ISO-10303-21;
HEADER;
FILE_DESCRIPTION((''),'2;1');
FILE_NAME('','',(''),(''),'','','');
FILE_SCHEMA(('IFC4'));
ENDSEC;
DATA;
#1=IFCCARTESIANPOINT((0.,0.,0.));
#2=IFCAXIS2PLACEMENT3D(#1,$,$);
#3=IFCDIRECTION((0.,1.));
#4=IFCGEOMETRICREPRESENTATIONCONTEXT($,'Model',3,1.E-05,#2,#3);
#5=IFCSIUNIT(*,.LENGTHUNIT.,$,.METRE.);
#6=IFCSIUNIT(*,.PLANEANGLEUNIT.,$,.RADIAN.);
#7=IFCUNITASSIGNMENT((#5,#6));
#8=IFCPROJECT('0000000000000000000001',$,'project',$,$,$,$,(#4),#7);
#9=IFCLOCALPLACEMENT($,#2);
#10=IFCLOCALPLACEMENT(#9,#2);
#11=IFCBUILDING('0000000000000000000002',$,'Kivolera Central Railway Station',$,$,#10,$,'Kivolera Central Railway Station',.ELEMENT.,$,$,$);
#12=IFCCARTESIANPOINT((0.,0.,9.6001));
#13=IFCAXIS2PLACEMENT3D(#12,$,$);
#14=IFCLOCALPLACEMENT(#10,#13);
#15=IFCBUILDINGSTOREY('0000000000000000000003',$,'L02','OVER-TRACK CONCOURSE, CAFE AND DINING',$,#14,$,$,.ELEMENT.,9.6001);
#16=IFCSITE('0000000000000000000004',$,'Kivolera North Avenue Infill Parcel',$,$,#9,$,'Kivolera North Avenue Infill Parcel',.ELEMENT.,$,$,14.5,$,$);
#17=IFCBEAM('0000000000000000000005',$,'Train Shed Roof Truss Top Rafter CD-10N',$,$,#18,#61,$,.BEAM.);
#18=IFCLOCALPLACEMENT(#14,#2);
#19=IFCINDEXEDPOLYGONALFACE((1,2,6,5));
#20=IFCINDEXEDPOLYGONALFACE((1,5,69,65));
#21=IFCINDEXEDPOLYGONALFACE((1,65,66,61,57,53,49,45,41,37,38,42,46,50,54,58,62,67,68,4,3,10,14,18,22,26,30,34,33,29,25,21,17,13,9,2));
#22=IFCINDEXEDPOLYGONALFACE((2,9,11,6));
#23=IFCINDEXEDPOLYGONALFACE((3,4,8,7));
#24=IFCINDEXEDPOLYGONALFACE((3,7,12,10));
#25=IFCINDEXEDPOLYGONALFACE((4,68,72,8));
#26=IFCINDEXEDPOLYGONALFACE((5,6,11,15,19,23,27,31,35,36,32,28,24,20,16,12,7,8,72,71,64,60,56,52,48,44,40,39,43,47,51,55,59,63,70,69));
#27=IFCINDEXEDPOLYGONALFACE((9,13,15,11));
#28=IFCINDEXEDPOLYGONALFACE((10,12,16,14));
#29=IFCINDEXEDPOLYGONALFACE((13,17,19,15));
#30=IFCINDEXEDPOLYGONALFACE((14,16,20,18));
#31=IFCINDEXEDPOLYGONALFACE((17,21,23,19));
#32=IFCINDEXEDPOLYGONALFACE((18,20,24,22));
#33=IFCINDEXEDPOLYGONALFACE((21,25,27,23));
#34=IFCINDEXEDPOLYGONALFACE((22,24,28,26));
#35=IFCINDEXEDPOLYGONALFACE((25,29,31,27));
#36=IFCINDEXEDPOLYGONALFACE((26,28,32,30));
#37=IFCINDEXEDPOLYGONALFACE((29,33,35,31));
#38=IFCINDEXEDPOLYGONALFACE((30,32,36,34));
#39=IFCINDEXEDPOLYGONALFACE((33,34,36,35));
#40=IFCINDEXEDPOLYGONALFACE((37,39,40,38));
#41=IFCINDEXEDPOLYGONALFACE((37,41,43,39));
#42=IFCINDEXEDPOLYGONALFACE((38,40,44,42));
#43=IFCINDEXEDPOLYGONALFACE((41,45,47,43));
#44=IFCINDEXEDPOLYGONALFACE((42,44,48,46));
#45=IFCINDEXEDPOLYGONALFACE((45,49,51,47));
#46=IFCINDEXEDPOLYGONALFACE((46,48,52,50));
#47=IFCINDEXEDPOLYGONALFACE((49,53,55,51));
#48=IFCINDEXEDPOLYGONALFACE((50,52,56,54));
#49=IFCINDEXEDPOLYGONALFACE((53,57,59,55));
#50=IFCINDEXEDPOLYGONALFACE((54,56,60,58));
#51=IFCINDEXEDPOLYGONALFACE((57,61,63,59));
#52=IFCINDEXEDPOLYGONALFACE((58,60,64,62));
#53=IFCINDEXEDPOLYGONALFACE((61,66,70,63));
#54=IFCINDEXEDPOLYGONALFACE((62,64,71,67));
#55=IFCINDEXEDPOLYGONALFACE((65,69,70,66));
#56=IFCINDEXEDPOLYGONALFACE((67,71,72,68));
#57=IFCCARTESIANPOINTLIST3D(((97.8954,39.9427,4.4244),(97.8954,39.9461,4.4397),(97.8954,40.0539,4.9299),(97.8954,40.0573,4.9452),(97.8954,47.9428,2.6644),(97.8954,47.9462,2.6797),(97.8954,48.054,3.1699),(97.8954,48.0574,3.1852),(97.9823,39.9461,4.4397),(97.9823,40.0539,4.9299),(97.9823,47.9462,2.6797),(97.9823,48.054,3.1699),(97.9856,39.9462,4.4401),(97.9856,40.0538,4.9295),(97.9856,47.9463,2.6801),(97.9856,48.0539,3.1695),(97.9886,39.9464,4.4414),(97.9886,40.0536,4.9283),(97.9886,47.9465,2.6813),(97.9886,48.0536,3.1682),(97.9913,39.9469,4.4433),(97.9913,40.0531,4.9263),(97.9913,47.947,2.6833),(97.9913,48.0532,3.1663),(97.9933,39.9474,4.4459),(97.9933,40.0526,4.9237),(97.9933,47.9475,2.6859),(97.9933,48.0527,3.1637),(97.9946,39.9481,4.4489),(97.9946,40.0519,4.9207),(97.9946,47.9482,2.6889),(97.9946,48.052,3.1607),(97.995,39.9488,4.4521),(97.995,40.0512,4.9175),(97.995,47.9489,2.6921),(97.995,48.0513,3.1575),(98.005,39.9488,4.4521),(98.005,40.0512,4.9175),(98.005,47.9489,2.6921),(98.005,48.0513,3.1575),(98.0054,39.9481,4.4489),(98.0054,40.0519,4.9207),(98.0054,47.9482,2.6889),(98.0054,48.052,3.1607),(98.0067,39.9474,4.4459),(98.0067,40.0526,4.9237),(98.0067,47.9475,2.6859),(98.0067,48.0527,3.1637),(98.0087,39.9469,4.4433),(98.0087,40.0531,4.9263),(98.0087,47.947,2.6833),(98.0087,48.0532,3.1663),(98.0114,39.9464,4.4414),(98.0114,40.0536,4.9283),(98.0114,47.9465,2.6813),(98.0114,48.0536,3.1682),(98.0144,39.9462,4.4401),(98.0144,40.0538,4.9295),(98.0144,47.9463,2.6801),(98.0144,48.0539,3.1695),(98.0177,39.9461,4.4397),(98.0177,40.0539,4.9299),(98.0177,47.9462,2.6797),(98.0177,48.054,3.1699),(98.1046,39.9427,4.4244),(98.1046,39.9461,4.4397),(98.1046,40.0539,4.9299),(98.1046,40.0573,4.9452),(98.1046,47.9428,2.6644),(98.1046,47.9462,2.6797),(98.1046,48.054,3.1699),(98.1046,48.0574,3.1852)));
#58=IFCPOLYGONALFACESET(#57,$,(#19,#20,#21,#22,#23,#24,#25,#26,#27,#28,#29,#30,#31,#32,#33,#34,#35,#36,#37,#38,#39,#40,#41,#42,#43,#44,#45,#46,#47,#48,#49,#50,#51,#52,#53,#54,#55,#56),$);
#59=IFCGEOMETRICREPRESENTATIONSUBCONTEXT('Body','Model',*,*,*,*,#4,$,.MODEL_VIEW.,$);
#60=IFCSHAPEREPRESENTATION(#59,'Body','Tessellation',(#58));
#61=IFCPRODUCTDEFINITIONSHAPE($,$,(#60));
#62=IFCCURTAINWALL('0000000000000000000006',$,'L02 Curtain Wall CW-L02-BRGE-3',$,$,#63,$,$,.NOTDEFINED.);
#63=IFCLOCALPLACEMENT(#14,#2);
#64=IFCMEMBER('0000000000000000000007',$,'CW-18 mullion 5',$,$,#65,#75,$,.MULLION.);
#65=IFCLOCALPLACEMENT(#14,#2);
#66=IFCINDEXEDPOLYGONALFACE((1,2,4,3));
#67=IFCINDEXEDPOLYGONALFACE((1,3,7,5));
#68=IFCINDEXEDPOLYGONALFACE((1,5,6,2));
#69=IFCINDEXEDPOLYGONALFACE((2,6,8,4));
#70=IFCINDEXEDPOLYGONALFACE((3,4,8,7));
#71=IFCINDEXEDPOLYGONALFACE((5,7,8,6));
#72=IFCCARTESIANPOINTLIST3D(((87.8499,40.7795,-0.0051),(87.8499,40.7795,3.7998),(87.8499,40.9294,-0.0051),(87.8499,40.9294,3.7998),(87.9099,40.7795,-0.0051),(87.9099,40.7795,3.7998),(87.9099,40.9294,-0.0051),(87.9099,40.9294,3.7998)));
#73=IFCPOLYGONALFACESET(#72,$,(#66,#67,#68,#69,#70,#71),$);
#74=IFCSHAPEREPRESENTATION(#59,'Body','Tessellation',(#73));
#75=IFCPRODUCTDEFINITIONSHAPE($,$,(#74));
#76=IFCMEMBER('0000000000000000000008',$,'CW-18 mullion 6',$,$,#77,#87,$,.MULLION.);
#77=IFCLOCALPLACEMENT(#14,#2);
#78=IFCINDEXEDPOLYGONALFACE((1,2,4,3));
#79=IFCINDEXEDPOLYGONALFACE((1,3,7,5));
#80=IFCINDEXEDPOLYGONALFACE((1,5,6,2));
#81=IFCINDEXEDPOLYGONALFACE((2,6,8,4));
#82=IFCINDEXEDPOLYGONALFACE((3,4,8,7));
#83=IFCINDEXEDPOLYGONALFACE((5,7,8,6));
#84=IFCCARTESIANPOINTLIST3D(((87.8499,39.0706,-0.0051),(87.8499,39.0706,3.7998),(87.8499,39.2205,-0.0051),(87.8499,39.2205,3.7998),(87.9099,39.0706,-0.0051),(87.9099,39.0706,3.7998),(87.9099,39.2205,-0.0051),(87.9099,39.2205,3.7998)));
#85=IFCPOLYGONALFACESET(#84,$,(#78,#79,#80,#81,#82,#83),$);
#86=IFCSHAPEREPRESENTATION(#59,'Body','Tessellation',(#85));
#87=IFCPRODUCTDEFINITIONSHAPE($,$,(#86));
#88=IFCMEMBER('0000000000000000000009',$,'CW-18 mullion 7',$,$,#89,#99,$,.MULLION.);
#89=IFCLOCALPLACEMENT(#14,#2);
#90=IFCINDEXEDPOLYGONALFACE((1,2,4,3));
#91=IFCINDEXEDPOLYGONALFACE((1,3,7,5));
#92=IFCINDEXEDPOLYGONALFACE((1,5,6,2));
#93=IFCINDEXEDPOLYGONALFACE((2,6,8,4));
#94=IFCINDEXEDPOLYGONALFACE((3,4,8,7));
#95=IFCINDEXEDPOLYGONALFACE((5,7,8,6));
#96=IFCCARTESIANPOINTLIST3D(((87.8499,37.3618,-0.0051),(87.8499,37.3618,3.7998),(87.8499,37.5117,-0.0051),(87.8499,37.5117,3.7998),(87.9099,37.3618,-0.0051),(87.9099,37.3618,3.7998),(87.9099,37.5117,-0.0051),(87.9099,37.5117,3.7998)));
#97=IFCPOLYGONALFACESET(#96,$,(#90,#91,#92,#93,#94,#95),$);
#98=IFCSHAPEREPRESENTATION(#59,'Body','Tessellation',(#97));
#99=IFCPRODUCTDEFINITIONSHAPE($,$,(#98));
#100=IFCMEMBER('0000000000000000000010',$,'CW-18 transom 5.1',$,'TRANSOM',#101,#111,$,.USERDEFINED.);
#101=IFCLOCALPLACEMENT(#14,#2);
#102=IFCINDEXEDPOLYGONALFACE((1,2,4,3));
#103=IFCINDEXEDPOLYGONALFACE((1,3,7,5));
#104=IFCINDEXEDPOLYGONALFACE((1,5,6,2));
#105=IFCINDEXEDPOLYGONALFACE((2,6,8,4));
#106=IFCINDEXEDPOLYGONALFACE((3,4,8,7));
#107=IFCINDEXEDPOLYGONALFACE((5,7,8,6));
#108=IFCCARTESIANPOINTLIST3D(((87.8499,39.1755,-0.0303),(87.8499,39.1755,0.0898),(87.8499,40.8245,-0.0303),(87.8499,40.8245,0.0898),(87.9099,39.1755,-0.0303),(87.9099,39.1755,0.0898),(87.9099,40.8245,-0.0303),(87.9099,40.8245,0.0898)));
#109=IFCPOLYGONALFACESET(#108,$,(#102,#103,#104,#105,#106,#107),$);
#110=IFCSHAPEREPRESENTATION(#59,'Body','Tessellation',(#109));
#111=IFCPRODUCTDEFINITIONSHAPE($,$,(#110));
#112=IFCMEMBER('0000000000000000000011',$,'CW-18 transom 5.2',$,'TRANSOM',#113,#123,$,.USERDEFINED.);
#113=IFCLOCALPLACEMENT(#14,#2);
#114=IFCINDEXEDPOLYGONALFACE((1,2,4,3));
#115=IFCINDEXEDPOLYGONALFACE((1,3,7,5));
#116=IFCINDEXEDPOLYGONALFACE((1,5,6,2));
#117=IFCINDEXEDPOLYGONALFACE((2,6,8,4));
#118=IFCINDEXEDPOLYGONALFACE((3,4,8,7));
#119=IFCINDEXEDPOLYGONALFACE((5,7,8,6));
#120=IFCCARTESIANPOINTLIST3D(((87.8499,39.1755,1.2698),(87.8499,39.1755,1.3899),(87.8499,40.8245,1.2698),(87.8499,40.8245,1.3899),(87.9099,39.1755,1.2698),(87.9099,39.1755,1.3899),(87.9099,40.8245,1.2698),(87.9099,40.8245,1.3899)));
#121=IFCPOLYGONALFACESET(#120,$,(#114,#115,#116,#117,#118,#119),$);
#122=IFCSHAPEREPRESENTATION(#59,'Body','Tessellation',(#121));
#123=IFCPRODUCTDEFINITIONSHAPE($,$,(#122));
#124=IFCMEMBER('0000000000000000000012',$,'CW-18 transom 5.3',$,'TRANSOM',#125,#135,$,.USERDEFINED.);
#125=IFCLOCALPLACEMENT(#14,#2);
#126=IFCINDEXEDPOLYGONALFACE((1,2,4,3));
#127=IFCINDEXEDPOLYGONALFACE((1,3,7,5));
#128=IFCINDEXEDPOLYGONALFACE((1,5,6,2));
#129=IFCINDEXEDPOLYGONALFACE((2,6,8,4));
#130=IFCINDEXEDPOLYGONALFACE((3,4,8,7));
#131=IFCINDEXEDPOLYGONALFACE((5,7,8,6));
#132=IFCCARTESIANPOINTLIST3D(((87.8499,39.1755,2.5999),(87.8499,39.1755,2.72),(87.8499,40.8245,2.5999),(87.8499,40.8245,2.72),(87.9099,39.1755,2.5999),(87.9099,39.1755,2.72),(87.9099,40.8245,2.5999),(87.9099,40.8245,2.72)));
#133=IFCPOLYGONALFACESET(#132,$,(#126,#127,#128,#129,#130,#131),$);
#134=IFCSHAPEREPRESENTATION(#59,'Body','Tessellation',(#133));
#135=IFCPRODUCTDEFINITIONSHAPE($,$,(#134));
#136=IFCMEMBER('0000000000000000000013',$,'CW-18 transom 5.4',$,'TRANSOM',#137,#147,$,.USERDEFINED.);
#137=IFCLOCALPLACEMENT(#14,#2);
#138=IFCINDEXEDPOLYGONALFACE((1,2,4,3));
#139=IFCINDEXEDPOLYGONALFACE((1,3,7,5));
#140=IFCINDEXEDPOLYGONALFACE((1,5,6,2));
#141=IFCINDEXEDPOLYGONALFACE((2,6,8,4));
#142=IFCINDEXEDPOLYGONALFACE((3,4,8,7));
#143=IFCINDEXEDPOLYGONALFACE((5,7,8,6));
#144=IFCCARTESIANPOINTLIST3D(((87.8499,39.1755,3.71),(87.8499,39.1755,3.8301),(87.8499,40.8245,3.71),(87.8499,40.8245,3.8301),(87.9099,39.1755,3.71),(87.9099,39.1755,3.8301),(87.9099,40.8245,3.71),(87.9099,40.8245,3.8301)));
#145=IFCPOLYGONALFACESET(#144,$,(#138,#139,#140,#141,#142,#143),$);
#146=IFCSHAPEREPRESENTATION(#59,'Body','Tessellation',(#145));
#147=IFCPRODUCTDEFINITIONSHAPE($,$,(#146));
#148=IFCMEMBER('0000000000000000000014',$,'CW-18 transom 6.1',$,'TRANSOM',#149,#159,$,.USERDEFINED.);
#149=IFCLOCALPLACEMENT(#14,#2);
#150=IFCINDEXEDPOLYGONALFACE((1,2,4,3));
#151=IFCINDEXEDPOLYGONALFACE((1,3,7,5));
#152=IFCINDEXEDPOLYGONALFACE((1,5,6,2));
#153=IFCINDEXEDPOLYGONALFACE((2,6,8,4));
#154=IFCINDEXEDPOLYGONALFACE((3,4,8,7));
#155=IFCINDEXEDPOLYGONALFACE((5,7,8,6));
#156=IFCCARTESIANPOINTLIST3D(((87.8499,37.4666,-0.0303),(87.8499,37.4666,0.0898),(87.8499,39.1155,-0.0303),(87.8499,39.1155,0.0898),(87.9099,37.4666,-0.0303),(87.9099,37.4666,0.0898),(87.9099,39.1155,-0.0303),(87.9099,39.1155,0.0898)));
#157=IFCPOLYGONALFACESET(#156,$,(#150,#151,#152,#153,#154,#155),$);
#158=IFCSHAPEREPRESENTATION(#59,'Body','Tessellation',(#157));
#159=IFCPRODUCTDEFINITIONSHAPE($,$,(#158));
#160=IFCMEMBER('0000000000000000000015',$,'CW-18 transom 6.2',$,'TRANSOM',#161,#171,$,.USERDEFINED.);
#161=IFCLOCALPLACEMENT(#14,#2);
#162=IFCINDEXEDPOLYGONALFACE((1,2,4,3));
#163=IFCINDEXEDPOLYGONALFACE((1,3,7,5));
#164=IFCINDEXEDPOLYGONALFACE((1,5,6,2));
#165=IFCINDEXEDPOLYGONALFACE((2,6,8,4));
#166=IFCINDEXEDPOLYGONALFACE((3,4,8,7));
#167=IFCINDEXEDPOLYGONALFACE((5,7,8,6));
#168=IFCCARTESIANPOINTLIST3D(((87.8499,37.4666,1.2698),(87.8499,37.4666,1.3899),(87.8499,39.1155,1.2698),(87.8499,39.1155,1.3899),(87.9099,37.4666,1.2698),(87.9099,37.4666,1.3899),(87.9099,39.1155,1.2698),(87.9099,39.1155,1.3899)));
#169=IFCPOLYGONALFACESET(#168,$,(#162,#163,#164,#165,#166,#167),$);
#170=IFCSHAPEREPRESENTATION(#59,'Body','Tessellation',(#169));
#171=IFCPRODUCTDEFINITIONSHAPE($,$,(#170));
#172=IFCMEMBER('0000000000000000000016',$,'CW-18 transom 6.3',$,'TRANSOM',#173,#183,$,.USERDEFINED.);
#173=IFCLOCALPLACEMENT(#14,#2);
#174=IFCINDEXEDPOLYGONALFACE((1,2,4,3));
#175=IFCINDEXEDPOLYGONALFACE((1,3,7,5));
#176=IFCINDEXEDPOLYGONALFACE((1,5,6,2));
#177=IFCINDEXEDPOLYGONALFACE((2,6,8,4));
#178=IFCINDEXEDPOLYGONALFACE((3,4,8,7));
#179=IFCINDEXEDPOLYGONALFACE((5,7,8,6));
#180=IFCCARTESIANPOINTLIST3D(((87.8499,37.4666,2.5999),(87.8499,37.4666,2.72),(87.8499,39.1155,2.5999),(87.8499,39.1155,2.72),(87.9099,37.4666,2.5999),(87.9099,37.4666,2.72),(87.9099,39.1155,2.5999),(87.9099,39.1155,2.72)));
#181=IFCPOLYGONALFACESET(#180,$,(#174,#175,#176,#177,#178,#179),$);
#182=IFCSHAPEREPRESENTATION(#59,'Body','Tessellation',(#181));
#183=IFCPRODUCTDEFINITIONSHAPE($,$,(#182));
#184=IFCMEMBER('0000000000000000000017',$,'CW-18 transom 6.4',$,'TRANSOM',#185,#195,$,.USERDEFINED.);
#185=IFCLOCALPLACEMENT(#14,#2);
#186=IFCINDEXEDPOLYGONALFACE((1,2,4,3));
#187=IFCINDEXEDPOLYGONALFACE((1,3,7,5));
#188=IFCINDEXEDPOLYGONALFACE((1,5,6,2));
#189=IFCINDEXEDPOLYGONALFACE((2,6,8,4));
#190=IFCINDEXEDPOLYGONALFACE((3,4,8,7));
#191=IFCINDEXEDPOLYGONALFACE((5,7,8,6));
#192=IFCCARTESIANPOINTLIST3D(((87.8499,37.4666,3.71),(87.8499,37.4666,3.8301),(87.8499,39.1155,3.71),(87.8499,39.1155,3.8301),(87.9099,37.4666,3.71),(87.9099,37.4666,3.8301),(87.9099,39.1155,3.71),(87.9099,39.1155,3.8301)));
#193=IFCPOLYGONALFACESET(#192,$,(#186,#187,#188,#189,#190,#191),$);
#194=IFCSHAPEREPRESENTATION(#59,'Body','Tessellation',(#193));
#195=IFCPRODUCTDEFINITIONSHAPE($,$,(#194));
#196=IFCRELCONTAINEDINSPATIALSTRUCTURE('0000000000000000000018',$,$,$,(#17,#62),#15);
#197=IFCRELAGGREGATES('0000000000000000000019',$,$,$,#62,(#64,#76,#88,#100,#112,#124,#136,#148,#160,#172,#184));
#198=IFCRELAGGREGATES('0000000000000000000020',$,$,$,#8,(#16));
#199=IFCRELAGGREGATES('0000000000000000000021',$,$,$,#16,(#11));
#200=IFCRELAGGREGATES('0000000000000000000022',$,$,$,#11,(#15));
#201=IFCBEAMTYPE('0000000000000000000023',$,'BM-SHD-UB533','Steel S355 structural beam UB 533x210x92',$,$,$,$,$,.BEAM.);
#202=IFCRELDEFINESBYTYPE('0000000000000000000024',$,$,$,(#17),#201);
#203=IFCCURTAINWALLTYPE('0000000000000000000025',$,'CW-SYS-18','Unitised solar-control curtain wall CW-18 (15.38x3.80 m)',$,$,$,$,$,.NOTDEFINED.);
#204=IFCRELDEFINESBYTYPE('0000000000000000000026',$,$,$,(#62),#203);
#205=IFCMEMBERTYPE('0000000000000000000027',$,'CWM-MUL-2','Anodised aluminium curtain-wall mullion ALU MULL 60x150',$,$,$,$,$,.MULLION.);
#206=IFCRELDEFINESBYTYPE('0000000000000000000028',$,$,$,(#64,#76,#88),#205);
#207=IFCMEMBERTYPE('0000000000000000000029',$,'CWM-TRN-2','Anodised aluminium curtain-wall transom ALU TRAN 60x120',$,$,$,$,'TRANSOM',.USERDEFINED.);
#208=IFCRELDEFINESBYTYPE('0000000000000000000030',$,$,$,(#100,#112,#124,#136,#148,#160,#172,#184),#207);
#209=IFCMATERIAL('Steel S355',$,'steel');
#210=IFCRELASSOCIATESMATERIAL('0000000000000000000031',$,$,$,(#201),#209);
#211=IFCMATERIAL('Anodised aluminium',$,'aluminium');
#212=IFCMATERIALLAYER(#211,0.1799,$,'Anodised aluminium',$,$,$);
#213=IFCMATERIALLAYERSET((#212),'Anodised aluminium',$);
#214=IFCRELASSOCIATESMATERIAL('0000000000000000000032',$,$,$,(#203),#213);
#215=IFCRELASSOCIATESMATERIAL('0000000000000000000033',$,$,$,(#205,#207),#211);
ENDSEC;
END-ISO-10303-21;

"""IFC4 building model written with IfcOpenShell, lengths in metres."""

from ifc_helpers import new_model, si_unit, direction, frame, origin, origin_2d, place, context, subcontext, project, spatial, rectangle, i_section, extrude, material, layer, layer_set, material_profile, profile_set, type_object, element, aggregate, save


model = new_model("IFC4")

# Units and contexts
model_context = context("Model", 3, precision=1e-05, world=origin(), true_north=direction((0.0, 1.0)))
body_context = subcontext(model_context, "Body", "Model", "MODEL_VIEW")
ifc_project = project(units=[si_unit("LENGTHUNIT", "METRE"), si_unit("PLANEANGLEUNIT", "RADIAN")], contexts=[model_context])

# Site, building, storey
site_placement = place(None, origin())
site = spatial("IfcSite", under=ifc_project, at=site_placement, Name="Kivolera North Avenue Infill Parcel", LongName="Kivolera North Avenue Infill Parcel", CompositionType="ELEMENT", RefElevation=14.5)
building_placement = place(site_placement, origin())
building = spatial("IfcBuilding", under=site, at=building_placement, Name="Kivolera Central Railway Station", LongName="Kivolera Central Railway Station", CompositionType="ELEMENT")
storey_placement = place(building_placement, frame((0.0, 0.0, 9.6001)))
storey = spatial("IfcBuildingStorey", under=building, at=storey_placement, Name="L02", Description="OVER-TRACK CONCOURSE, CAFE AND DINING", CompositionType="ELEMENT", Elevation=9.6001)

# Beam
ifc_material_1 = material(Name="Steel S355", Category="steel")
ifc_material_profile_1 = material_profile(ifc_material_1, i_section(OverallWidth=0.2092, OverallDepth=0.5332, WebThickness=0.01, FlangeThickness=0.0156, FilletRadius=0.0127, at=origin_2d()), Name="UB 533x210x92")
ifc_profile_set_1 = profile_set([ifc_material_profile_1], Name="Steel S355")
beam_type = type_object("IfcBeamType", Name="BM-SHD-UB533", Description="Steel S355 structural beam UB 533x210x92", PredefinedType="BEAM", material=ifc_profile_set_1)
beam_placement = place(storey_placement, frame((98.0, 40.0, 4.6848), z_axis=(0.0, 0.976644, -0.214863), x_axis=(-1.0, 0.0, 0.0)))
element("IfcBeam", 1, at=beam_placement, inside=storey, type_object=beam_type, Name="Train Shed Roof Truss Top Rafter CD-10N", PredefinedType="BEAM", context=body_context, shape_type="SweptSolid", body=[
    extrude(i_section(OverallWidth=0.2092, OverallDepth=0.5332, WebThickness=0.01, FlangeThickness=0.0156, FilletRadius=0.0127, at=origin_2d()), origin(), (0.0, 0.0, 1.0), 8.1914),
])

# Curtain wall, members
ifc_material_2 = material(Name="Anodised aluminium", Category="aluminium")
ifc_layer_1 = layer(ifc_material_2, 0.1799, Name="Anodised aluminium")
ifc_layer_set_1 = layer_set([ifc_layer_1], Name="Anodised aluminium")
curtain_wall_type = type_object("IfcCurtainWallType", Name="CW-SYS-18", Description="Unitised solar-control curtain wall CW-18 (15.38x3.80 m)", PredefinedType="NOTDEFINED", material=ifc_layer_set_1)
curtain_wall_placement = place(storey_placement, origin())
curtain_wall = element("IfcCurtainWall", 2, at=curtain_wall_placement, inside=storey, type_object=curtain_wall_type, Name="L02 Curtain Wall CW-L02-BRGE-3", PredefinedType="NOTDEFINED")
ifc_material_profile_2 = material_profile(ifc_material_2, rectangle(XDim=0.0601, YDim=0.1499, at=origin_2d()), Name="ALU MULL 60x150")
ifc_profile_set_2 = profile_set([ifc_material_profile_2], Name="Anodised aluminium")
member_type_1 = type_object("IfcMemberType", Name="CWM-MUL-2", Description="Anodised aluminium curtain-wall mullion ALU MULL 60x150", PredefinedType="MULLION", material=ifc_profile_set_2)
member_1_placement = place(storey_placement, frame((87.8799, 40.8545, -0.0051), z_axis=(0.0, 0.0, 1.0), x_axis=(1.0, 0.0, 0.0)))
member_1 = element("IfcMember", 3, at=member_1_placement, type_object=member_type_1, Name="CW-18 mullion 5", PredefinedType="MULLION", context=body_context, shape_type="SweptSolid", body=[
    extrude(rectangle(XDim=0.0601, YDim=0.1499, at=origin_2d()), origin(), (0.0, 0.0, 1.0), 3.8049),
])
member_2_placement = place(storey_placement, frame((87.8799, 39.1455, -0.0051), z_axis=(0.0, 0.0, 1.0), x_axis=(1.0, 0.0, 0.0)))
member_2 = element("IfcMember", 4, at=member_2_placement, type_object=member_type_1, Name="CW-18 mullion 6", PredefinedType="MULLION", context=body_context, shape_type="SweptSolid", body=[
    extrude(rectangle(XDim=0.0601, YDim=0.1499, at=origin_2d()), origin(), (0.0, 0.0, 1.0), 3.8049),
])
member_3_placement = place(storey_placement, frame((87.8799, 37.4368, -0.0051), z_axis=(0.0, 0.0, 1.0), x_axis=(1.0, 0.0, 0.0)))
member_3 = element("IfcMember", 5, at=member_3_placement, type_object=member_type_1, Name="CW-18 mullion 7", PredefinedType="MULLION", context=body_context, shape_type="SweptSolid", body=[
    extrude(rectangle(XDim=0.0601, YDim=0.1499, at=origin_2d()), origin(), (0.0, 0.0, 1.0), 3.8049),
])
ifc_material_profile_3 = material_profile(ifc_material_2, rectangle(XDim=0.0601, YDim=0.1201, at=origin_2d()), Name="ALU TRAN 60x120")
ifc_profile_set_3 = profile_set([ifc_material_profile_3], Name="Anodised aluminium")
member_type_2 = type_object("IfcMemberType", Name="CWM-TRN-2", Description="Anodised aluminium curtain-wall transom ALU TRAN 60x120", ElementType="TRANSOM", PredefinedType="USERDEFINED", material=ifc_profile_set_3)
member_4_placement = place(storey_placement, frame((87.8799, 40.8245, 0.0298), z_axis=(0.0, -1.0, 0.0), x_axis=(1.0, 0.0, 0.0)))
member_4 = element("IfcMember", 6, at=member_4_placement, type_object=member_type_2, Name="CW-18 transom 5.1", ObjectType="TRANSOM", PredefinedType="USERDEFINED", context=body_context, shape_type="SweptSolid", body=[
    extrude(rectangle(XDim=0.0601, YDim=0.1201, at=origin_2d()), origin(), (0.0, 0.0, 1.0), 1.6489),
])
member_5_placement = place(storey_placement, frame((87.8799, 40.8245, 1.3298), z_axis=(0.0, -1.0, 0.0), x_axis=(1.0, 0.0, 0.0)))
member_5 = element("IfcMember", 7, at=member_5_placement, type_object=member_type_2, Name="CW-18 transom 5.2", ObjectType="TRANSOM", PredefinedType="USERDEFINED", context=body_context, shape_type="SweptSolid", body=[
    extrude(rectangle(XDim=0.0601, YDim=0.1201, at=origin_2d()), origin(), (0.0, 0.0, 1.0), 1.6489),
])
member_6_placement = place(storey_placement, frame((87.8799, 40.8245, 2.6599), z_axis=(0.0, -1.0, 0.0), x_axis=(1.0, 0.0, 0.0)))
member_6 = element("IfcMember", 8, at=member_6_placement, type_object=member_type_2, Name="CW-18 transom 5.3", ObjectType="TRANSOM", PredefinedType="USERDEFINED", context=body_context, shape_type="SweptSolid", body=[
    extrude(rectangle(XDim=0.0601, YDim=0.1201, at=origin_2d()), origin(), (0.0, 0.0, 1.0), 1.6489),
])
member_7_placement = place(storey_placement, frame((87.8799, 40.8245, 3.77), z_axis=(0.0, -1.0, 0.0), x_axis=(1.0, 0.0, 0.0)))
member_7 = element("IfcMember", 9, at=member_7_placement, type_object=member_type_2, Name="CW-18 transom 5.4", ObjectType="TRANSOM", PredefinedType="USERDEFINED", context=body_context, shape_type="SweptSolid", body=[
    extrude(rectangle(XDim=0.0601, YDim=0.1201, at=origin_2d()), origin(), (0.0, 0.0, 1.0), 1.6489),
])
member_8_placement = place(storey_placement, frame((87.8799, 39.1155, 0.0298), z_axis=(0.0, -1.0, 0.0), x_axis=(1.0, 0.0, 0.0)))
member_8 = element("IfcMember", 10, at=member_8_placement, type_object=member_type_2, Name="CW-18 transom 6.1", ObjectType="TRANSOM", PredefinedType="USERDEFINED", context=body_context, shape_type="SweptSolid", body=[
    extrude(rectangle(XDim=0.0601, YDim=0.1201, at=origin_2d()), origin(), (0.0, 0.0, 1.0), 1.6489),
])
member_9_placement = place(storey_placement, frame((87.8799, 39.1155, 1.3298), z_axis=(0.0, -1.0, 0.0), x_axis=(1.0, 0.0, 0.0)))
member_9 = element("IfcMember", 11, at=member_9_placement, type_object=member_type_2, Name="CW-18 transom 6.2", ObjectType="TRANSOM", PredefinedType="USERDEFINED", context=body_context, shape_type="SweptSolid", body=[
    extrude(rectangle(XDim=0.0601, YDim=0.1201, at=origin_2d()), origin(), (0.0, 0.0, 1.0), 1.6489),
])
member_10_placement = place(storey_placement, frame((87.8799, 39.1155, 2.6599), z_axis=(0.0, -1.0, 0.0), x_axis=(1.0, 0.0, 0.0)))
member_10 = element("IfcMember", 12, at=member_10_placement, type_object=member_type_2, Name="CW-18 transom 6.3", ObjectType="TRANSOM", PredefinedType="USERDEFINED", context=body_context, shape_type="SweptSolid", body=[
    extrude(rectangle(XDim=0.0601, YDim=0.1201, at=origin_2d()), origin(), (0.0, 0.0, 1.0), 1.6489),
])
member_11_placement = place(storey_placement, frame((87.8799, 39.1155, 3.77), z_axis=(0.0, -1.0, 0.0), x_axis=(1.0, 0.0, 0.0)))
member_11 = element("IfcMember", 13, at=member_11_placement, type_object=member_type_2, Name="CW-18 transom 6.4", ObjectType="TRANSOM", PredefinedType="USERDEFINED", context=body_context, shape_type="SweptSolid", body=[
    extrude(rectangle(XDim=0.0601, YDim=0.1201, at=origin_2d()), origin(), (0.0, 0.0, 1.0), 1.6489),
])

aggregate(curtain_wall, [member_1, member_2, member_3, member_4, member_5, member_6, member_7, member_8, member_9, member_10, member_11])

save(model, "model.ifc")
